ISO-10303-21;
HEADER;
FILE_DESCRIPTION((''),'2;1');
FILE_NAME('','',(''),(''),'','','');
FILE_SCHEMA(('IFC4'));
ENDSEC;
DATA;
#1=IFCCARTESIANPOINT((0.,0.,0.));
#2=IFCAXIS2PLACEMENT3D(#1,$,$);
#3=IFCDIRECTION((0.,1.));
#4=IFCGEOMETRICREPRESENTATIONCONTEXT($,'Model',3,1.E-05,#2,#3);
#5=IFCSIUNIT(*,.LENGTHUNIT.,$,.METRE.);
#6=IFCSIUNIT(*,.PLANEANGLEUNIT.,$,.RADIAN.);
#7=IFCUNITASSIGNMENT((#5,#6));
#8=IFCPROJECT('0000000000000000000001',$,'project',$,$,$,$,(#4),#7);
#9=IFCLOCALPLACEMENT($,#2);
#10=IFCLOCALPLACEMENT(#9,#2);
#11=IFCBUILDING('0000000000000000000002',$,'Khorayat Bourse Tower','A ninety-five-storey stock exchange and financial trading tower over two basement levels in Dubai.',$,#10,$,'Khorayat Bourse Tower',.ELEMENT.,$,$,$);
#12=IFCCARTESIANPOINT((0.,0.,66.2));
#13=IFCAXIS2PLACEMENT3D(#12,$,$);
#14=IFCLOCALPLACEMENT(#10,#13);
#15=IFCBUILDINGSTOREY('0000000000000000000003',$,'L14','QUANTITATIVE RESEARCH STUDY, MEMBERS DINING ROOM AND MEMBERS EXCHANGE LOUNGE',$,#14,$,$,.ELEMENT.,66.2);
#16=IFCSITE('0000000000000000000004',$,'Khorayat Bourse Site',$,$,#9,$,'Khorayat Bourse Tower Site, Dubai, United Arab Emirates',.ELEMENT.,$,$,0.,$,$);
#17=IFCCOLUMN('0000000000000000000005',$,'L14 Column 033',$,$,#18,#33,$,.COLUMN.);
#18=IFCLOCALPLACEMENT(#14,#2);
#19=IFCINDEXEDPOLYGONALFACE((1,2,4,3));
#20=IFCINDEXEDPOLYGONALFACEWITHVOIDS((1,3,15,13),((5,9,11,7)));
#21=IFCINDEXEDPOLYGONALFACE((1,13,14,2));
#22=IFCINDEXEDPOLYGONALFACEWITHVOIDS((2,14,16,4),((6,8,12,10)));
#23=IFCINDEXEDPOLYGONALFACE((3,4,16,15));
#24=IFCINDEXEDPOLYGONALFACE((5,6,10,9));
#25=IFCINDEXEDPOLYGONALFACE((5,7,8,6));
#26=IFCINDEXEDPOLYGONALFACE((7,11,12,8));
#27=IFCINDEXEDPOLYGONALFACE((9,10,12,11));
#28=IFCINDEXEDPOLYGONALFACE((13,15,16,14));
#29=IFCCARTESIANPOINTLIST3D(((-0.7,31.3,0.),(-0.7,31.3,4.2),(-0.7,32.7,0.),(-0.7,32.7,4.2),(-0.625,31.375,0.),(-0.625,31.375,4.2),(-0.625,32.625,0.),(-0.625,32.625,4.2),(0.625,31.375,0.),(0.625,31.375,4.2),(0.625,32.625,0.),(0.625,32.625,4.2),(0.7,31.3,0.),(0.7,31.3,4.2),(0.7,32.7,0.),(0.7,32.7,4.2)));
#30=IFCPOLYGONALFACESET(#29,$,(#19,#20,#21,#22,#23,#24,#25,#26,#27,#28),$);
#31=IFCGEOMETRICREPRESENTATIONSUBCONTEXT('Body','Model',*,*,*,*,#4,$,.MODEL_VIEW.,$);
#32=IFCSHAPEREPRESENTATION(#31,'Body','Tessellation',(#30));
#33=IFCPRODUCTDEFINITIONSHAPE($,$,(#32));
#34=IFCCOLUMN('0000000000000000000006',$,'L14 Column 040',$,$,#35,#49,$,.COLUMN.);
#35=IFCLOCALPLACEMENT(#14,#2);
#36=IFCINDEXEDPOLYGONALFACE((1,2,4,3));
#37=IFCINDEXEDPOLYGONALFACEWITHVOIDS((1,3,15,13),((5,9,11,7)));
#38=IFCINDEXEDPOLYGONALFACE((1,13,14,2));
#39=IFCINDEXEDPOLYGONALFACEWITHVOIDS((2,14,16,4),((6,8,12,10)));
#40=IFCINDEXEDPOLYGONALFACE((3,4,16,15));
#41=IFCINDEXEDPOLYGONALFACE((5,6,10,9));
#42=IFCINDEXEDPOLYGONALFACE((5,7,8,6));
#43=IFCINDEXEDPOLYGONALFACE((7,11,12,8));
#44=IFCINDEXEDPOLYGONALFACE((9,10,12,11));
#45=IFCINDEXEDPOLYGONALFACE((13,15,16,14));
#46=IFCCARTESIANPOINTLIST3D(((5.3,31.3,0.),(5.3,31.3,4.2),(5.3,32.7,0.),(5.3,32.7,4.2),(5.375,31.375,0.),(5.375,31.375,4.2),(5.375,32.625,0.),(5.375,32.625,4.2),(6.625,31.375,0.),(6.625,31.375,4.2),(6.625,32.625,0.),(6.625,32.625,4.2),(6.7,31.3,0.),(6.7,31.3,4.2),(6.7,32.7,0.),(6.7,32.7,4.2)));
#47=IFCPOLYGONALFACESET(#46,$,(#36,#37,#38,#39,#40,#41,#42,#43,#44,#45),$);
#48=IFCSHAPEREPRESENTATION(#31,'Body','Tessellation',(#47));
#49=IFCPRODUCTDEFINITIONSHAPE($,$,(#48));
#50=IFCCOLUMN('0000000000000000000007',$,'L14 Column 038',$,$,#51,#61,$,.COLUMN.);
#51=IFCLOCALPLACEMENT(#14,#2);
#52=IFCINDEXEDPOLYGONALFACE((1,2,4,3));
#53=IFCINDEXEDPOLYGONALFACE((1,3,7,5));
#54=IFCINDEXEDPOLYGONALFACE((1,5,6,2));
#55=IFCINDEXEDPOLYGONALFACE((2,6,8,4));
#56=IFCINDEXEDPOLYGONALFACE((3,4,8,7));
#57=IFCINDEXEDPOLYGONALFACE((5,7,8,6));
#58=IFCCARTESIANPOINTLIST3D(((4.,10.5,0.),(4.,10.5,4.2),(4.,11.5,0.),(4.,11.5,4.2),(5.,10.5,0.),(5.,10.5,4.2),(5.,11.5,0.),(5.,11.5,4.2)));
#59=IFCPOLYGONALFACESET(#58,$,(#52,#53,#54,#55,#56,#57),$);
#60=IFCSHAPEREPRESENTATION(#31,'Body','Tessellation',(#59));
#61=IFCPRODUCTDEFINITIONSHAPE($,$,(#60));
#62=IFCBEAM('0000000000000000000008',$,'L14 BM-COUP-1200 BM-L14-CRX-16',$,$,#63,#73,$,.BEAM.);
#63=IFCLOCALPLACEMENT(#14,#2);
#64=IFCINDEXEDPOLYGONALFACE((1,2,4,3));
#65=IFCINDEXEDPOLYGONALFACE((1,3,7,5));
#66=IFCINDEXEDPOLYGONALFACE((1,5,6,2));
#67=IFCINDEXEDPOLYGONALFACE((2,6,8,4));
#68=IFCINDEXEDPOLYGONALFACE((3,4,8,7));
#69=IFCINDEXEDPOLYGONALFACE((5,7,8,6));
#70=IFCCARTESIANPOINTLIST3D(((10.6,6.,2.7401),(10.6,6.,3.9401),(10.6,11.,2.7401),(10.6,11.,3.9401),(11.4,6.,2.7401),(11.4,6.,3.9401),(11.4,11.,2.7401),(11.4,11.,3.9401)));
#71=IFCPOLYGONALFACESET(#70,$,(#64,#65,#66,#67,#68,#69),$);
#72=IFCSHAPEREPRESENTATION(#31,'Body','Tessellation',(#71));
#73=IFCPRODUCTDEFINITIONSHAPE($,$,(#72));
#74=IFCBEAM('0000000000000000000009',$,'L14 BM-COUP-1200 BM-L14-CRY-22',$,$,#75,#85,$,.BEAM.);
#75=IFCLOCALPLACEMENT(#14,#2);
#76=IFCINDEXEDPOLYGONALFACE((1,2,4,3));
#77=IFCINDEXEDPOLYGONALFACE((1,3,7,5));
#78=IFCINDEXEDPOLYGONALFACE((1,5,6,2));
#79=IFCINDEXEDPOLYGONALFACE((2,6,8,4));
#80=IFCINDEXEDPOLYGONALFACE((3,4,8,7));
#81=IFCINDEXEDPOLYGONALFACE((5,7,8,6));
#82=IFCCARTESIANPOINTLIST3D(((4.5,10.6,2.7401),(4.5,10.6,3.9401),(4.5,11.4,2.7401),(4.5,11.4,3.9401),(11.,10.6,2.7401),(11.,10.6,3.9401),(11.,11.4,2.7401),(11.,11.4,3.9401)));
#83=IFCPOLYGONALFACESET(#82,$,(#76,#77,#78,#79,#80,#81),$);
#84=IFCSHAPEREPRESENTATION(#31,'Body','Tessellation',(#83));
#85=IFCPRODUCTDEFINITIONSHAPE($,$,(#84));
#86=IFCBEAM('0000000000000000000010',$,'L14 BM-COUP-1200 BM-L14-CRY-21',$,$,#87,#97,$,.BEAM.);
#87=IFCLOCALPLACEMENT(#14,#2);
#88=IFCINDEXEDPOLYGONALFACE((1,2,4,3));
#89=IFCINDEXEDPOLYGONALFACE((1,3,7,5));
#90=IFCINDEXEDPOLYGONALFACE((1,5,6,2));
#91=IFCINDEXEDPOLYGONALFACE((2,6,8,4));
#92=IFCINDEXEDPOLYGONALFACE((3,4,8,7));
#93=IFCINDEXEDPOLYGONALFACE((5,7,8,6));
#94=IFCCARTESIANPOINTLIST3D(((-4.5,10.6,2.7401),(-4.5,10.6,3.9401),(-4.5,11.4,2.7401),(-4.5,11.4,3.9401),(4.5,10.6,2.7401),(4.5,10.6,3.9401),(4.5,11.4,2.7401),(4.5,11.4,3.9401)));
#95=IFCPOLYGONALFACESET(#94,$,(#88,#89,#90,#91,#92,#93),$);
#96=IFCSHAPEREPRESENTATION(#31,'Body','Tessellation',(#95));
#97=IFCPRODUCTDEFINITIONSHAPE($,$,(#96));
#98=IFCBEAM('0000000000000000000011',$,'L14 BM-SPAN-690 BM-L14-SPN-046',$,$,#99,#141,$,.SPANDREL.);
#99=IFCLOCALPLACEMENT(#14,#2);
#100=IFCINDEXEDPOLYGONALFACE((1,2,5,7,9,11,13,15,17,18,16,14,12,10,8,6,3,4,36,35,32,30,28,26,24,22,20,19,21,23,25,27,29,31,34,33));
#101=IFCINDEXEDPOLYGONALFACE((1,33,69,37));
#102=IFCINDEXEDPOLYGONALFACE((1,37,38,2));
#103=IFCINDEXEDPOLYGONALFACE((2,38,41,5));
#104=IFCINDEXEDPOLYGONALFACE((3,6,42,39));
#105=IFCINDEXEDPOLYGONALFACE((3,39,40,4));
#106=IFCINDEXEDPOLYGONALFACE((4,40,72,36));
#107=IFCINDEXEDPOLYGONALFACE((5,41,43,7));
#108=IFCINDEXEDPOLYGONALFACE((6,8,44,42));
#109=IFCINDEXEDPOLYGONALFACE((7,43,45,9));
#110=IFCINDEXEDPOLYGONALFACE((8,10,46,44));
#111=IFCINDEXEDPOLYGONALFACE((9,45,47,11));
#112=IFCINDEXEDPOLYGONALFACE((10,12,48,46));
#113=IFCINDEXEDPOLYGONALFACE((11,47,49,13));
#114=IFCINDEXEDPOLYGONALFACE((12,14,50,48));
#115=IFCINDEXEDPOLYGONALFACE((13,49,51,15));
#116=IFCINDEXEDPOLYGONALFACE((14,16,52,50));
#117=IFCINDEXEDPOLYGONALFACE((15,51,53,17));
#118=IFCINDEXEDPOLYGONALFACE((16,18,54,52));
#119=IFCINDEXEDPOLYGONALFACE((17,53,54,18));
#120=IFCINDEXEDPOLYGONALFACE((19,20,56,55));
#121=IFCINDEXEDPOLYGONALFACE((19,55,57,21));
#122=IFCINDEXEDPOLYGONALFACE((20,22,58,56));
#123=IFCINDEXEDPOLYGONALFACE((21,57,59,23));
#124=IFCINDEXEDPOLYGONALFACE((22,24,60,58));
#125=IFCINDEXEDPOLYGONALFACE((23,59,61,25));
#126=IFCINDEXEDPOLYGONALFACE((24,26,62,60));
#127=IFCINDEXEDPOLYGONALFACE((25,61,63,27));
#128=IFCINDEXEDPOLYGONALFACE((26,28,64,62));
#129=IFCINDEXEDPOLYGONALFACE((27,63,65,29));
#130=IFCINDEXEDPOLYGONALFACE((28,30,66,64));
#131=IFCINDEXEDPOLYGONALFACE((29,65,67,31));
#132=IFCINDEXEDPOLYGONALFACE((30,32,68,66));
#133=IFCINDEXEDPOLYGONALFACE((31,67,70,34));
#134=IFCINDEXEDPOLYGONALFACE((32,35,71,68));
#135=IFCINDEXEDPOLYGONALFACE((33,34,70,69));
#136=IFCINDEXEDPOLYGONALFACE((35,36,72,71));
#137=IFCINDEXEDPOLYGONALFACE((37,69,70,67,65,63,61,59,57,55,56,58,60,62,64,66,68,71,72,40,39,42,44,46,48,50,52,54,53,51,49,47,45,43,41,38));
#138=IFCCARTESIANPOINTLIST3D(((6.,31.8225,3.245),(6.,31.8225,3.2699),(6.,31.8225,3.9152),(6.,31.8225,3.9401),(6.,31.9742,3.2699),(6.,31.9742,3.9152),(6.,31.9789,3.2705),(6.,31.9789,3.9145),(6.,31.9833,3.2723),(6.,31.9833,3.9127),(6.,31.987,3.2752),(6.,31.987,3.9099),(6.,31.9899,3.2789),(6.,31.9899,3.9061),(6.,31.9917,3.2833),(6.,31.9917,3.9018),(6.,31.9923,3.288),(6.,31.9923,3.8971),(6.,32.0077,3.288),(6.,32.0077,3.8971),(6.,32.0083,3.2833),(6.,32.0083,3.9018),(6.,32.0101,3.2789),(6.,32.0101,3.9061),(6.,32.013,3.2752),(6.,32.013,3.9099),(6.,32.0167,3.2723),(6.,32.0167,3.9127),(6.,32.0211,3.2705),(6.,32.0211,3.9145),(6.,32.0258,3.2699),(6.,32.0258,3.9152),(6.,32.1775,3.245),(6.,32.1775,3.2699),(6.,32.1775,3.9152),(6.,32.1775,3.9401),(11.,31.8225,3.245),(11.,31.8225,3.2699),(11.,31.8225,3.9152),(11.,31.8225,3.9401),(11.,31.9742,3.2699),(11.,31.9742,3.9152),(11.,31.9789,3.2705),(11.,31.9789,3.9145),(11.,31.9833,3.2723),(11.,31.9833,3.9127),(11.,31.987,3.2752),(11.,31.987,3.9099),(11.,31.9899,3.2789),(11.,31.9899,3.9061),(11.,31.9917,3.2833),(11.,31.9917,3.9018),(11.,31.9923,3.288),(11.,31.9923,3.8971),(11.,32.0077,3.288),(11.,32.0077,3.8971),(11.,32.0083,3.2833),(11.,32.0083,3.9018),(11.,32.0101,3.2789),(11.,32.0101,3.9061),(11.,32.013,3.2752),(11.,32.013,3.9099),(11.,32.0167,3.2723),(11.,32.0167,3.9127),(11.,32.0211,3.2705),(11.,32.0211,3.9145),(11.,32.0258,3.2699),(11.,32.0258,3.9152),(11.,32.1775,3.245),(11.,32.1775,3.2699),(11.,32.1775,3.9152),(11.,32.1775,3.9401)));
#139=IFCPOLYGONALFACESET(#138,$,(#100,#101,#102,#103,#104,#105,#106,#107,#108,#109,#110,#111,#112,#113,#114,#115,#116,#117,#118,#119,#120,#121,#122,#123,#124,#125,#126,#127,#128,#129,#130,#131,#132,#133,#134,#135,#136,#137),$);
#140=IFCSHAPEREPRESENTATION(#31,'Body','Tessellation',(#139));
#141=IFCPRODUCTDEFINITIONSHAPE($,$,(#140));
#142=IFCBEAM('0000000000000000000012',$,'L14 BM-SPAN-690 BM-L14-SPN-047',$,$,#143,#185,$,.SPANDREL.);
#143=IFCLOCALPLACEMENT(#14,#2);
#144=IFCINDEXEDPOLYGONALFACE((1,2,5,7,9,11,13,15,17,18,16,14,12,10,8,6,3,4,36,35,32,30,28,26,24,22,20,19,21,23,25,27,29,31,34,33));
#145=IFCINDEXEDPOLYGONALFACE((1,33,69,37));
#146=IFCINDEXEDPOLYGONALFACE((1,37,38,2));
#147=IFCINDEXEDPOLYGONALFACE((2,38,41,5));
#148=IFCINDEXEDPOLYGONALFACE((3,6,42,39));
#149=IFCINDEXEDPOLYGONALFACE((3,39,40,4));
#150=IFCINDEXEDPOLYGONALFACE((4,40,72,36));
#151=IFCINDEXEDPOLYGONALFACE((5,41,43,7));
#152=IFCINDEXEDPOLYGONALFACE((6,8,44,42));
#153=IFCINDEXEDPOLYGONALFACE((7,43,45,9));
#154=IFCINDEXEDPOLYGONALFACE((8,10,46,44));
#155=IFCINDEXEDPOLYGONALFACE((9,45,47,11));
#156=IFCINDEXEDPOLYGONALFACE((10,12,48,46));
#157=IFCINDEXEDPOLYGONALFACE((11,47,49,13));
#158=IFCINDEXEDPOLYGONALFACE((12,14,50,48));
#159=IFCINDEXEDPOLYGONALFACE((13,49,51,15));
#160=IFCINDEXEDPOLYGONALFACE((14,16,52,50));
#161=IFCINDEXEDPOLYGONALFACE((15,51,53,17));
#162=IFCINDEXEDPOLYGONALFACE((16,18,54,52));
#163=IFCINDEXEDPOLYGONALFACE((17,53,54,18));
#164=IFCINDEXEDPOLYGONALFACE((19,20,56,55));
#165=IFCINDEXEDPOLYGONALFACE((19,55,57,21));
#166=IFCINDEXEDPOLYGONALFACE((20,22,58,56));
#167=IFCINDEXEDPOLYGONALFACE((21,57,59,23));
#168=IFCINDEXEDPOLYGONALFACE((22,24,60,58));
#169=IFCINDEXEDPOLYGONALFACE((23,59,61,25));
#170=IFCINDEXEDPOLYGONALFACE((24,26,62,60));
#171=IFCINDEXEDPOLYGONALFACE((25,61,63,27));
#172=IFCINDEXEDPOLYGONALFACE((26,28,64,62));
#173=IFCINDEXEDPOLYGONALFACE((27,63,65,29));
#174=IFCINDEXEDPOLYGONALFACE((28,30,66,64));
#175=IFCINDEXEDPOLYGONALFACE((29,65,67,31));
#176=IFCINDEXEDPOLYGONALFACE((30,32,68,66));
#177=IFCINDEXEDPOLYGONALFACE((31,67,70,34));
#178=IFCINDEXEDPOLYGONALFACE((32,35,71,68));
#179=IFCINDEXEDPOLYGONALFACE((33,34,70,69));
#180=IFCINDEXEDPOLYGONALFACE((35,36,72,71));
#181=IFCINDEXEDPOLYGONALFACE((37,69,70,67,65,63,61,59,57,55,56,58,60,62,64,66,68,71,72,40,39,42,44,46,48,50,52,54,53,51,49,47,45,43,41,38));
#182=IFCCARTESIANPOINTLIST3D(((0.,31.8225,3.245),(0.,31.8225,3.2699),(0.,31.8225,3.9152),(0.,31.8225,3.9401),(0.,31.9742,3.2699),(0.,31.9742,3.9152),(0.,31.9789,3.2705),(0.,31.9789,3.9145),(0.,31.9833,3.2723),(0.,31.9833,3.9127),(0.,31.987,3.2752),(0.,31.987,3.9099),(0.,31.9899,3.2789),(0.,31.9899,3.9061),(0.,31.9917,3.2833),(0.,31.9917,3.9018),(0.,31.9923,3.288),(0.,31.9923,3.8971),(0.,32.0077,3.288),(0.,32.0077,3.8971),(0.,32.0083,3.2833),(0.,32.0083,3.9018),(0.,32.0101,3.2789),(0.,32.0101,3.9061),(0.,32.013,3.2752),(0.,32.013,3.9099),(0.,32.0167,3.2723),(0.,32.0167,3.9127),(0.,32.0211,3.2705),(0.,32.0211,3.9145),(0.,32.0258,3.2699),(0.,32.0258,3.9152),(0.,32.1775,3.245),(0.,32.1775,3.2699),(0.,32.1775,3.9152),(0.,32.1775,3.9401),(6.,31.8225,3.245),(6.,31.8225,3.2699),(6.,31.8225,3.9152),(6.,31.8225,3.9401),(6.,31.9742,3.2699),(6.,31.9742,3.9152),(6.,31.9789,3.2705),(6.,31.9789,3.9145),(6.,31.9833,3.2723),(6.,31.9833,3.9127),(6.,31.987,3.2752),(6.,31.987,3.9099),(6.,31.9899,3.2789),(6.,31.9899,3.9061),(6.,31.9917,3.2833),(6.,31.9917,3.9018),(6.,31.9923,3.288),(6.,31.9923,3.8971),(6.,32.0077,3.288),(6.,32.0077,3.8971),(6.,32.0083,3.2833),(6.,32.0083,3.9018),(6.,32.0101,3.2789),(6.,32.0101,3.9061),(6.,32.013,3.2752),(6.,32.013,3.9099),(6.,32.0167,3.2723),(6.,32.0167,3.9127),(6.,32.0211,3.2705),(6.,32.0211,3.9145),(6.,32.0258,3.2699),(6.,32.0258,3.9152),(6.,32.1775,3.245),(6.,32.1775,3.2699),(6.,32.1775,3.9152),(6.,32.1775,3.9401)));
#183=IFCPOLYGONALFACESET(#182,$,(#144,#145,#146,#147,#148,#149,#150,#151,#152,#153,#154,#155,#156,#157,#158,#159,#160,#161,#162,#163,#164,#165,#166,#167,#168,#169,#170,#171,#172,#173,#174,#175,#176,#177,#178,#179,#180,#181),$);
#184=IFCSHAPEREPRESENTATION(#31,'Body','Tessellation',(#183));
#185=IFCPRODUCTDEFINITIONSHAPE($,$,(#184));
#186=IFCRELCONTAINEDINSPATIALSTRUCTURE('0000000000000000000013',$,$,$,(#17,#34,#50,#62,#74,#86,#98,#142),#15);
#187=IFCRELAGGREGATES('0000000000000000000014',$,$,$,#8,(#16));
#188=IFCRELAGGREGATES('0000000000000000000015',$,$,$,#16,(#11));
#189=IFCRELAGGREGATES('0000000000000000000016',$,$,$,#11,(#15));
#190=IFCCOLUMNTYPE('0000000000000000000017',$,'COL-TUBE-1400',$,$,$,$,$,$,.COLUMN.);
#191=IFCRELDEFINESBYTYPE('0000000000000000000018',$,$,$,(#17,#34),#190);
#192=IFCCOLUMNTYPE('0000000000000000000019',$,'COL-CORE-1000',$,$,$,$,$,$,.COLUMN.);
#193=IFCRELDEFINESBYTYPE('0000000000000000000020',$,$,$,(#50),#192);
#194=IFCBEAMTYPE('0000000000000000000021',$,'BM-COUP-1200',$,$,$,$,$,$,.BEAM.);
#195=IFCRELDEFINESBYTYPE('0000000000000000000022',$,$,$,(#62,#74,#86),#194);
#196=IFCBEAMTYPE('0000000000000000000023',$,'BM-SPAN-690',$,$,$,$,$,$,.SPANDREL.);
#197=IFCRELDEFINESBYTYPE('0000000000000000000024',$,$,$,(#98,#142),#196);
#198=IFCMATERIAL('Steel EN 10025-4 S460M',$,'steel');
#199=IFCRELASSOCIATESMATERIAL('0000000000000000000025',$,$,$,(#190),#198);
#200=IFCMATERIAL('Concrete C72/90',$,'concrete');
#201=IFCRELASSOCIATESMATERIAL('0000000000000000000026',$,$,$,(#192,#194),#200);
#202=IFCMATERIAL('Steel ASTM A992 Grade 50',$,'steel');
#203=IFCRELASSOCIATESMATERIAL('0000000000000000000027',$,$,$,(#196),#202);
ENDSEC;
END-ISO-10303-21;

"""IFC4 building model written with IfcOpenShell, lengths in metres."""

from ifc_helpers import new_model, si_unit, direction, frame, origin, origin_2d, place, context, subcontext, project, spatial, rectangle, hollow_rectangle, i_section, extrude, source, transform, mapped, material, material_profile, profile_set, type_object, element, save


model = new_model("IFC4")

# Units and contexts
model_context = context("Model", 3, precision=1e-05, world=origin(), true_north=direction((0.0, 1.0)))
body_context = subcontext(model_context, "Body", "Model", "MODEL_VIEW")
ifc_project = project(units=[si_unit("LENGTHUNIT", "METRE"), si_unit("PLANEANGLEUNIT", "RADIAN")], contexts=[model_context])

# Site, building, storey
site_placement = place(None, origin())
site = spatial("IfcSite", under=ifc_project, at=site_placement, Name="Khorayat Bourse Site", LongName="Khorayat Bourse Tower Site, Dubai, United Arab Emirates", CompositionType="ELEMENT", RefElevation=0.0)
building_placement = place(site_placement, origin())
building = spatial("IfcBuilding", under=site, at=building_placement, Name="Khorayat Bourse Tower", Description="A ninety-five-storey stock exchange and financial trading tower over two basement levels in Dubai.", LongName="Khorayat Bourse Tower", CompositionType="ELEMENT")
storey_placement = place(building_placement, frame((0.0, 0.0, 66.2)))
storey = spatial("IfcBuildingStorey", under=building, at=storey_placement, Name="L14", Description="QUANTITATIVE RESEARCH STUDY, MEMBERS DINING ROOM AND MEMBERS EXCHANGE LOUNGE", CompositionType="ELEMENT", Elevation=66.2)

# Columns
ifc_material_1 = material(Name="Steel EN 10025-4 S460M", Category="steel")
ifc_material_profile_1 = material_profile(ifc_material_1, hollow_rectangle(XDim=1.3999, YDim=1.3999, WallThickness=0.075, at=origin_2d()), Name="BOX 1400x1400x75")
ifc_profile_set_1 = profile_set([ifc_material_profile_1], Name="Steel EN 10025-4 S460M")
column_type_1 = type_object("IfcColumnType", Name="COL-TUBE-1400", PredefinedType="COLUMN", material=ifc_profile_set_1)
shared_shape_1 = source(origin(), body_context, "Body", "SweptSolid", [
    extrude(hollow_rectangle(XDim=1.3999, YDim=1.3999, WallThickness=0.075, at=origin_2d()), origin(), (0.0, 0.0, 1.0), 4.2),
])
for number, where, z_axis, x_axis, name in (
    (1, (0.0, 32.0, 0.0), (0.0, 0.0, 1.0), (1.0, 0.0, 0.0), "L14 Column 033"),
    (2, (6.0, 32.0, 0.0), (0.0, 0.0, 1.0), (1.0, 0.0, 0.0), "L14 Column 040"),
):
    element("IfcColumn", number, at=place(storey_placement, frame(where, z_axis=z_axis, x_axis=x_axis)), inside=storey, type_object=column_type_1, Name=name, PredefinedType="COLUMN", context=body_context, shape_type="MappedRepresentation", body=[
        mapped(shared_shape_1, transform((0.0, 0.0, 0.0), scale=1.0)),
    ])
ifc_material_2 = material(Name="Concrete C72/90", Category="concrete")
ifc_material_profile_2 = material_profile(ifc_material_2, rectangle(XDim=1.0, YDim=1.0, at=origin_2d()), Name="RC 1000x1000")
ifc_profile_set_2 = profile_set([ifc_material_profile_2], Name="Concrete C72/90")
column_type_2 = type_object("IfcColumnType", Name="COL-CORE-1000", PredefinedType="COLUMN", material=ifc_profile_set_2)
shared_shape_2 = source(origin(), body_context, "Body", "SweptSolid", [
    extrude(rectangle(XDim=1.0, YDim=1.0, at=origin_2d()), origin(), (0.0, 0.0, 1.0), 4.2),
])
column_placement = place(storey_placement, frame((4.5, 11.0, 0.0), z_axis=(0.0, 0.0, 1.0), x_axis=(1.0, 0.0, 0.0)))
element("IfcColumn", 3, at=column_placement, inside=storey, type_object=column_type_2, Name="L14 Column 038", PredefinedType="COLUMN", context=body_context, shape_type="MappedRepresentation", body=[
    mapped(shared_shape_2, transform((0.0, 0.0, 0.0), scale=1.0)),
])

# Beams
ifc_material_profile_3 = material_profile(ifc_material_2, rectangle(XDim=0.8, YDim=1.2, at=origin_2d()), Name="RC 800x1200")
ifc_profile_set_3 = profile_set([ifc_material_profile_3], Name="Concrete C72/90")
beam_type_1 = type_object("IfcBeamType", Name="BM-COUP-1200", PredefinedType="BEAM", material=ifc_profile_set_3)
shared_shape_3 = source(origin(), body_context, "Body", "SweptSolid", [
    extrude(rectangle(XDim=0.8, YDim=1.2, at=origin_2d()), origin(), (0.0, 0.0, 1.0), 5.0),
])
beam_1_placement = place(storey_placement, frame((11.0, 6.0, 3.3401), z_axis=(0.0, 1.0, 0.0), x_axis=(-1.0, 0.0, 0.0)))
element("IfcBeam", 4, at=beam_1_placement, inside=storey, type_object=beam_type_1, Name="L14 BM-COUP-1200 BM-L14-CRX-16", PredefinedType="BEAM", context=body_context, shape_type="MappedRepresentation", body=[
    mapped(shared_shape_3, transform((0.0, 0.0, 0.0), scale=1.0)),
])
shared_shape_4 = source(origin(), body_context, "Body", "SweptSolid", [
    extrude(rectangle(XDim=0.8, YDim=1.2, at=origin_2d()), origin(), (0.0, 0.0, 1.0), 6.5),
])
beam_2_placement = place(storey_placement, frame((4.5, 11.0, 3.3401), z_axis=(1.0, 0.0, 0.0), x_axis=(0.0, 1.0, 0.0)))
element("IfcBeam", 5, at=beam_2_placement, inside=storey, type_object=beam_type_1, Name="L14 BM-COUP-1200 BM-L14-CRY-22", PredefinedType="BEAM", context=body_context, shape_type="MappedRepresentation", body=[
    mapped(shared_shape_4, transform((0.0, 0.0, 0.0), scale=1.0)),
])
shared_shape_5 = source(origin(), body_context, "Body", "SweptSolid", [
    extrude(rectangle(XDim=0.8, YDim=1.2, at=origin_2d()), origin(), (0.0, 0.0, 1.0), 9.0),
])
beam_3_placement = place(storey_placement, frame((-4.5, 11.0, 3.3401), z_axis=(1.0, 0.0, 0.0), x_axis=(0.0, 1.0, 0.0)))
element("IfcBeam", 6, at=beam_3_placement, inside=storey, type_object=beam_type_1, Name="L14 BM-COUP-1200 BM-L14-CRY-21", PredefinedType="BEAM", context=body_context, shape_type="MappedRepresentation", body=[
    mapped(shared_shape_5, transform((0.0, 0.0, 0.0), scale=1.0)),
])
ifc_material_3 = material(Name="Steel ASTM A992 Grade 50", Category="steel")
ifc_material_profile_4 = material_profile(ifc_material_3, i_section(OverallWidth=0.355, OverallDepth=0.6951, WebThickness=0.0154, FlangeThickness=0.0249, FilletRadius=0.0181, at=origin_2d()), Name="W690X217")
ifc_profile_set_4 = profile_set([ifc_material_profile_4], Name="Steel ASTM A992 Grade 50")
beam_type_2 = type_object("IfcBeamType", Name="BM-SPAN-690", PredefinedType="SPANDREL", material=ifc_profile_set_4)
shared_shape_6 = source(origin(), body_context, "Body", "SweptSolid", [
    extrude(i_section(OverallWidth=0.355, OverallDepth=0.6951, WebThickness=0.0154, FlangeThickness=0.0249, FilletRadius=0.0181, at=origin_2d()), origin(), (0.0, 0.0, 1.0), 5.0),
])
beam_4_placement = place(storey_placement, frame((6.0, 32.0, 3.5925), z_axis=(1.0, 0.0, 0.0), x_axis=(0.0, 1.0, 0.0)))
element("IfcBeam", 7, at=beam_4_placement, inside=storey, type_object=beam_type_2, Name="L14 BM-SPAN-690 BM-L14-SPN-046", PredefinedType="SPANDREL", context=body_context, shape_type="MappedRepresentation", body=[
    mapped(shared_shape_6, transform((0.0, 0.0, 0.0), scale=1.0)),
])
shared_shape_7 = source(origin(), body_context, "Body", "SweptSolid", [
    extrude(i_section(OverallWidth=0.355, OverallDepth=0.6951, WebThickness=0.0154, FlangeThickness=0.0249, FilletRadius=0.0181, at=origin_2d()), origin(), (0.0, 0.0, 1.0), 6.0),
])
beam_5_placement = place(storey_placement, frame((0.0, 32.0, 3.5925), z_axis=(1.0, 0.0, 0.0), x_axis=(0.0, 1.0, 0.0)))
element("IfcBeam", 8, at=beam_5_placement, inside=storey, type_object=beam_type_2, Name="L14 BM-SPAN-690 BM-L14-SPN-047", PredefinedType="SPANDREL", context=body_context, shape_type="MappedRepresentation", body=[
    mapped(shared_shape_7, transform((0.0, 0.0, 0.0), scale=1.0)),
])

save(model, "model.ifc")
